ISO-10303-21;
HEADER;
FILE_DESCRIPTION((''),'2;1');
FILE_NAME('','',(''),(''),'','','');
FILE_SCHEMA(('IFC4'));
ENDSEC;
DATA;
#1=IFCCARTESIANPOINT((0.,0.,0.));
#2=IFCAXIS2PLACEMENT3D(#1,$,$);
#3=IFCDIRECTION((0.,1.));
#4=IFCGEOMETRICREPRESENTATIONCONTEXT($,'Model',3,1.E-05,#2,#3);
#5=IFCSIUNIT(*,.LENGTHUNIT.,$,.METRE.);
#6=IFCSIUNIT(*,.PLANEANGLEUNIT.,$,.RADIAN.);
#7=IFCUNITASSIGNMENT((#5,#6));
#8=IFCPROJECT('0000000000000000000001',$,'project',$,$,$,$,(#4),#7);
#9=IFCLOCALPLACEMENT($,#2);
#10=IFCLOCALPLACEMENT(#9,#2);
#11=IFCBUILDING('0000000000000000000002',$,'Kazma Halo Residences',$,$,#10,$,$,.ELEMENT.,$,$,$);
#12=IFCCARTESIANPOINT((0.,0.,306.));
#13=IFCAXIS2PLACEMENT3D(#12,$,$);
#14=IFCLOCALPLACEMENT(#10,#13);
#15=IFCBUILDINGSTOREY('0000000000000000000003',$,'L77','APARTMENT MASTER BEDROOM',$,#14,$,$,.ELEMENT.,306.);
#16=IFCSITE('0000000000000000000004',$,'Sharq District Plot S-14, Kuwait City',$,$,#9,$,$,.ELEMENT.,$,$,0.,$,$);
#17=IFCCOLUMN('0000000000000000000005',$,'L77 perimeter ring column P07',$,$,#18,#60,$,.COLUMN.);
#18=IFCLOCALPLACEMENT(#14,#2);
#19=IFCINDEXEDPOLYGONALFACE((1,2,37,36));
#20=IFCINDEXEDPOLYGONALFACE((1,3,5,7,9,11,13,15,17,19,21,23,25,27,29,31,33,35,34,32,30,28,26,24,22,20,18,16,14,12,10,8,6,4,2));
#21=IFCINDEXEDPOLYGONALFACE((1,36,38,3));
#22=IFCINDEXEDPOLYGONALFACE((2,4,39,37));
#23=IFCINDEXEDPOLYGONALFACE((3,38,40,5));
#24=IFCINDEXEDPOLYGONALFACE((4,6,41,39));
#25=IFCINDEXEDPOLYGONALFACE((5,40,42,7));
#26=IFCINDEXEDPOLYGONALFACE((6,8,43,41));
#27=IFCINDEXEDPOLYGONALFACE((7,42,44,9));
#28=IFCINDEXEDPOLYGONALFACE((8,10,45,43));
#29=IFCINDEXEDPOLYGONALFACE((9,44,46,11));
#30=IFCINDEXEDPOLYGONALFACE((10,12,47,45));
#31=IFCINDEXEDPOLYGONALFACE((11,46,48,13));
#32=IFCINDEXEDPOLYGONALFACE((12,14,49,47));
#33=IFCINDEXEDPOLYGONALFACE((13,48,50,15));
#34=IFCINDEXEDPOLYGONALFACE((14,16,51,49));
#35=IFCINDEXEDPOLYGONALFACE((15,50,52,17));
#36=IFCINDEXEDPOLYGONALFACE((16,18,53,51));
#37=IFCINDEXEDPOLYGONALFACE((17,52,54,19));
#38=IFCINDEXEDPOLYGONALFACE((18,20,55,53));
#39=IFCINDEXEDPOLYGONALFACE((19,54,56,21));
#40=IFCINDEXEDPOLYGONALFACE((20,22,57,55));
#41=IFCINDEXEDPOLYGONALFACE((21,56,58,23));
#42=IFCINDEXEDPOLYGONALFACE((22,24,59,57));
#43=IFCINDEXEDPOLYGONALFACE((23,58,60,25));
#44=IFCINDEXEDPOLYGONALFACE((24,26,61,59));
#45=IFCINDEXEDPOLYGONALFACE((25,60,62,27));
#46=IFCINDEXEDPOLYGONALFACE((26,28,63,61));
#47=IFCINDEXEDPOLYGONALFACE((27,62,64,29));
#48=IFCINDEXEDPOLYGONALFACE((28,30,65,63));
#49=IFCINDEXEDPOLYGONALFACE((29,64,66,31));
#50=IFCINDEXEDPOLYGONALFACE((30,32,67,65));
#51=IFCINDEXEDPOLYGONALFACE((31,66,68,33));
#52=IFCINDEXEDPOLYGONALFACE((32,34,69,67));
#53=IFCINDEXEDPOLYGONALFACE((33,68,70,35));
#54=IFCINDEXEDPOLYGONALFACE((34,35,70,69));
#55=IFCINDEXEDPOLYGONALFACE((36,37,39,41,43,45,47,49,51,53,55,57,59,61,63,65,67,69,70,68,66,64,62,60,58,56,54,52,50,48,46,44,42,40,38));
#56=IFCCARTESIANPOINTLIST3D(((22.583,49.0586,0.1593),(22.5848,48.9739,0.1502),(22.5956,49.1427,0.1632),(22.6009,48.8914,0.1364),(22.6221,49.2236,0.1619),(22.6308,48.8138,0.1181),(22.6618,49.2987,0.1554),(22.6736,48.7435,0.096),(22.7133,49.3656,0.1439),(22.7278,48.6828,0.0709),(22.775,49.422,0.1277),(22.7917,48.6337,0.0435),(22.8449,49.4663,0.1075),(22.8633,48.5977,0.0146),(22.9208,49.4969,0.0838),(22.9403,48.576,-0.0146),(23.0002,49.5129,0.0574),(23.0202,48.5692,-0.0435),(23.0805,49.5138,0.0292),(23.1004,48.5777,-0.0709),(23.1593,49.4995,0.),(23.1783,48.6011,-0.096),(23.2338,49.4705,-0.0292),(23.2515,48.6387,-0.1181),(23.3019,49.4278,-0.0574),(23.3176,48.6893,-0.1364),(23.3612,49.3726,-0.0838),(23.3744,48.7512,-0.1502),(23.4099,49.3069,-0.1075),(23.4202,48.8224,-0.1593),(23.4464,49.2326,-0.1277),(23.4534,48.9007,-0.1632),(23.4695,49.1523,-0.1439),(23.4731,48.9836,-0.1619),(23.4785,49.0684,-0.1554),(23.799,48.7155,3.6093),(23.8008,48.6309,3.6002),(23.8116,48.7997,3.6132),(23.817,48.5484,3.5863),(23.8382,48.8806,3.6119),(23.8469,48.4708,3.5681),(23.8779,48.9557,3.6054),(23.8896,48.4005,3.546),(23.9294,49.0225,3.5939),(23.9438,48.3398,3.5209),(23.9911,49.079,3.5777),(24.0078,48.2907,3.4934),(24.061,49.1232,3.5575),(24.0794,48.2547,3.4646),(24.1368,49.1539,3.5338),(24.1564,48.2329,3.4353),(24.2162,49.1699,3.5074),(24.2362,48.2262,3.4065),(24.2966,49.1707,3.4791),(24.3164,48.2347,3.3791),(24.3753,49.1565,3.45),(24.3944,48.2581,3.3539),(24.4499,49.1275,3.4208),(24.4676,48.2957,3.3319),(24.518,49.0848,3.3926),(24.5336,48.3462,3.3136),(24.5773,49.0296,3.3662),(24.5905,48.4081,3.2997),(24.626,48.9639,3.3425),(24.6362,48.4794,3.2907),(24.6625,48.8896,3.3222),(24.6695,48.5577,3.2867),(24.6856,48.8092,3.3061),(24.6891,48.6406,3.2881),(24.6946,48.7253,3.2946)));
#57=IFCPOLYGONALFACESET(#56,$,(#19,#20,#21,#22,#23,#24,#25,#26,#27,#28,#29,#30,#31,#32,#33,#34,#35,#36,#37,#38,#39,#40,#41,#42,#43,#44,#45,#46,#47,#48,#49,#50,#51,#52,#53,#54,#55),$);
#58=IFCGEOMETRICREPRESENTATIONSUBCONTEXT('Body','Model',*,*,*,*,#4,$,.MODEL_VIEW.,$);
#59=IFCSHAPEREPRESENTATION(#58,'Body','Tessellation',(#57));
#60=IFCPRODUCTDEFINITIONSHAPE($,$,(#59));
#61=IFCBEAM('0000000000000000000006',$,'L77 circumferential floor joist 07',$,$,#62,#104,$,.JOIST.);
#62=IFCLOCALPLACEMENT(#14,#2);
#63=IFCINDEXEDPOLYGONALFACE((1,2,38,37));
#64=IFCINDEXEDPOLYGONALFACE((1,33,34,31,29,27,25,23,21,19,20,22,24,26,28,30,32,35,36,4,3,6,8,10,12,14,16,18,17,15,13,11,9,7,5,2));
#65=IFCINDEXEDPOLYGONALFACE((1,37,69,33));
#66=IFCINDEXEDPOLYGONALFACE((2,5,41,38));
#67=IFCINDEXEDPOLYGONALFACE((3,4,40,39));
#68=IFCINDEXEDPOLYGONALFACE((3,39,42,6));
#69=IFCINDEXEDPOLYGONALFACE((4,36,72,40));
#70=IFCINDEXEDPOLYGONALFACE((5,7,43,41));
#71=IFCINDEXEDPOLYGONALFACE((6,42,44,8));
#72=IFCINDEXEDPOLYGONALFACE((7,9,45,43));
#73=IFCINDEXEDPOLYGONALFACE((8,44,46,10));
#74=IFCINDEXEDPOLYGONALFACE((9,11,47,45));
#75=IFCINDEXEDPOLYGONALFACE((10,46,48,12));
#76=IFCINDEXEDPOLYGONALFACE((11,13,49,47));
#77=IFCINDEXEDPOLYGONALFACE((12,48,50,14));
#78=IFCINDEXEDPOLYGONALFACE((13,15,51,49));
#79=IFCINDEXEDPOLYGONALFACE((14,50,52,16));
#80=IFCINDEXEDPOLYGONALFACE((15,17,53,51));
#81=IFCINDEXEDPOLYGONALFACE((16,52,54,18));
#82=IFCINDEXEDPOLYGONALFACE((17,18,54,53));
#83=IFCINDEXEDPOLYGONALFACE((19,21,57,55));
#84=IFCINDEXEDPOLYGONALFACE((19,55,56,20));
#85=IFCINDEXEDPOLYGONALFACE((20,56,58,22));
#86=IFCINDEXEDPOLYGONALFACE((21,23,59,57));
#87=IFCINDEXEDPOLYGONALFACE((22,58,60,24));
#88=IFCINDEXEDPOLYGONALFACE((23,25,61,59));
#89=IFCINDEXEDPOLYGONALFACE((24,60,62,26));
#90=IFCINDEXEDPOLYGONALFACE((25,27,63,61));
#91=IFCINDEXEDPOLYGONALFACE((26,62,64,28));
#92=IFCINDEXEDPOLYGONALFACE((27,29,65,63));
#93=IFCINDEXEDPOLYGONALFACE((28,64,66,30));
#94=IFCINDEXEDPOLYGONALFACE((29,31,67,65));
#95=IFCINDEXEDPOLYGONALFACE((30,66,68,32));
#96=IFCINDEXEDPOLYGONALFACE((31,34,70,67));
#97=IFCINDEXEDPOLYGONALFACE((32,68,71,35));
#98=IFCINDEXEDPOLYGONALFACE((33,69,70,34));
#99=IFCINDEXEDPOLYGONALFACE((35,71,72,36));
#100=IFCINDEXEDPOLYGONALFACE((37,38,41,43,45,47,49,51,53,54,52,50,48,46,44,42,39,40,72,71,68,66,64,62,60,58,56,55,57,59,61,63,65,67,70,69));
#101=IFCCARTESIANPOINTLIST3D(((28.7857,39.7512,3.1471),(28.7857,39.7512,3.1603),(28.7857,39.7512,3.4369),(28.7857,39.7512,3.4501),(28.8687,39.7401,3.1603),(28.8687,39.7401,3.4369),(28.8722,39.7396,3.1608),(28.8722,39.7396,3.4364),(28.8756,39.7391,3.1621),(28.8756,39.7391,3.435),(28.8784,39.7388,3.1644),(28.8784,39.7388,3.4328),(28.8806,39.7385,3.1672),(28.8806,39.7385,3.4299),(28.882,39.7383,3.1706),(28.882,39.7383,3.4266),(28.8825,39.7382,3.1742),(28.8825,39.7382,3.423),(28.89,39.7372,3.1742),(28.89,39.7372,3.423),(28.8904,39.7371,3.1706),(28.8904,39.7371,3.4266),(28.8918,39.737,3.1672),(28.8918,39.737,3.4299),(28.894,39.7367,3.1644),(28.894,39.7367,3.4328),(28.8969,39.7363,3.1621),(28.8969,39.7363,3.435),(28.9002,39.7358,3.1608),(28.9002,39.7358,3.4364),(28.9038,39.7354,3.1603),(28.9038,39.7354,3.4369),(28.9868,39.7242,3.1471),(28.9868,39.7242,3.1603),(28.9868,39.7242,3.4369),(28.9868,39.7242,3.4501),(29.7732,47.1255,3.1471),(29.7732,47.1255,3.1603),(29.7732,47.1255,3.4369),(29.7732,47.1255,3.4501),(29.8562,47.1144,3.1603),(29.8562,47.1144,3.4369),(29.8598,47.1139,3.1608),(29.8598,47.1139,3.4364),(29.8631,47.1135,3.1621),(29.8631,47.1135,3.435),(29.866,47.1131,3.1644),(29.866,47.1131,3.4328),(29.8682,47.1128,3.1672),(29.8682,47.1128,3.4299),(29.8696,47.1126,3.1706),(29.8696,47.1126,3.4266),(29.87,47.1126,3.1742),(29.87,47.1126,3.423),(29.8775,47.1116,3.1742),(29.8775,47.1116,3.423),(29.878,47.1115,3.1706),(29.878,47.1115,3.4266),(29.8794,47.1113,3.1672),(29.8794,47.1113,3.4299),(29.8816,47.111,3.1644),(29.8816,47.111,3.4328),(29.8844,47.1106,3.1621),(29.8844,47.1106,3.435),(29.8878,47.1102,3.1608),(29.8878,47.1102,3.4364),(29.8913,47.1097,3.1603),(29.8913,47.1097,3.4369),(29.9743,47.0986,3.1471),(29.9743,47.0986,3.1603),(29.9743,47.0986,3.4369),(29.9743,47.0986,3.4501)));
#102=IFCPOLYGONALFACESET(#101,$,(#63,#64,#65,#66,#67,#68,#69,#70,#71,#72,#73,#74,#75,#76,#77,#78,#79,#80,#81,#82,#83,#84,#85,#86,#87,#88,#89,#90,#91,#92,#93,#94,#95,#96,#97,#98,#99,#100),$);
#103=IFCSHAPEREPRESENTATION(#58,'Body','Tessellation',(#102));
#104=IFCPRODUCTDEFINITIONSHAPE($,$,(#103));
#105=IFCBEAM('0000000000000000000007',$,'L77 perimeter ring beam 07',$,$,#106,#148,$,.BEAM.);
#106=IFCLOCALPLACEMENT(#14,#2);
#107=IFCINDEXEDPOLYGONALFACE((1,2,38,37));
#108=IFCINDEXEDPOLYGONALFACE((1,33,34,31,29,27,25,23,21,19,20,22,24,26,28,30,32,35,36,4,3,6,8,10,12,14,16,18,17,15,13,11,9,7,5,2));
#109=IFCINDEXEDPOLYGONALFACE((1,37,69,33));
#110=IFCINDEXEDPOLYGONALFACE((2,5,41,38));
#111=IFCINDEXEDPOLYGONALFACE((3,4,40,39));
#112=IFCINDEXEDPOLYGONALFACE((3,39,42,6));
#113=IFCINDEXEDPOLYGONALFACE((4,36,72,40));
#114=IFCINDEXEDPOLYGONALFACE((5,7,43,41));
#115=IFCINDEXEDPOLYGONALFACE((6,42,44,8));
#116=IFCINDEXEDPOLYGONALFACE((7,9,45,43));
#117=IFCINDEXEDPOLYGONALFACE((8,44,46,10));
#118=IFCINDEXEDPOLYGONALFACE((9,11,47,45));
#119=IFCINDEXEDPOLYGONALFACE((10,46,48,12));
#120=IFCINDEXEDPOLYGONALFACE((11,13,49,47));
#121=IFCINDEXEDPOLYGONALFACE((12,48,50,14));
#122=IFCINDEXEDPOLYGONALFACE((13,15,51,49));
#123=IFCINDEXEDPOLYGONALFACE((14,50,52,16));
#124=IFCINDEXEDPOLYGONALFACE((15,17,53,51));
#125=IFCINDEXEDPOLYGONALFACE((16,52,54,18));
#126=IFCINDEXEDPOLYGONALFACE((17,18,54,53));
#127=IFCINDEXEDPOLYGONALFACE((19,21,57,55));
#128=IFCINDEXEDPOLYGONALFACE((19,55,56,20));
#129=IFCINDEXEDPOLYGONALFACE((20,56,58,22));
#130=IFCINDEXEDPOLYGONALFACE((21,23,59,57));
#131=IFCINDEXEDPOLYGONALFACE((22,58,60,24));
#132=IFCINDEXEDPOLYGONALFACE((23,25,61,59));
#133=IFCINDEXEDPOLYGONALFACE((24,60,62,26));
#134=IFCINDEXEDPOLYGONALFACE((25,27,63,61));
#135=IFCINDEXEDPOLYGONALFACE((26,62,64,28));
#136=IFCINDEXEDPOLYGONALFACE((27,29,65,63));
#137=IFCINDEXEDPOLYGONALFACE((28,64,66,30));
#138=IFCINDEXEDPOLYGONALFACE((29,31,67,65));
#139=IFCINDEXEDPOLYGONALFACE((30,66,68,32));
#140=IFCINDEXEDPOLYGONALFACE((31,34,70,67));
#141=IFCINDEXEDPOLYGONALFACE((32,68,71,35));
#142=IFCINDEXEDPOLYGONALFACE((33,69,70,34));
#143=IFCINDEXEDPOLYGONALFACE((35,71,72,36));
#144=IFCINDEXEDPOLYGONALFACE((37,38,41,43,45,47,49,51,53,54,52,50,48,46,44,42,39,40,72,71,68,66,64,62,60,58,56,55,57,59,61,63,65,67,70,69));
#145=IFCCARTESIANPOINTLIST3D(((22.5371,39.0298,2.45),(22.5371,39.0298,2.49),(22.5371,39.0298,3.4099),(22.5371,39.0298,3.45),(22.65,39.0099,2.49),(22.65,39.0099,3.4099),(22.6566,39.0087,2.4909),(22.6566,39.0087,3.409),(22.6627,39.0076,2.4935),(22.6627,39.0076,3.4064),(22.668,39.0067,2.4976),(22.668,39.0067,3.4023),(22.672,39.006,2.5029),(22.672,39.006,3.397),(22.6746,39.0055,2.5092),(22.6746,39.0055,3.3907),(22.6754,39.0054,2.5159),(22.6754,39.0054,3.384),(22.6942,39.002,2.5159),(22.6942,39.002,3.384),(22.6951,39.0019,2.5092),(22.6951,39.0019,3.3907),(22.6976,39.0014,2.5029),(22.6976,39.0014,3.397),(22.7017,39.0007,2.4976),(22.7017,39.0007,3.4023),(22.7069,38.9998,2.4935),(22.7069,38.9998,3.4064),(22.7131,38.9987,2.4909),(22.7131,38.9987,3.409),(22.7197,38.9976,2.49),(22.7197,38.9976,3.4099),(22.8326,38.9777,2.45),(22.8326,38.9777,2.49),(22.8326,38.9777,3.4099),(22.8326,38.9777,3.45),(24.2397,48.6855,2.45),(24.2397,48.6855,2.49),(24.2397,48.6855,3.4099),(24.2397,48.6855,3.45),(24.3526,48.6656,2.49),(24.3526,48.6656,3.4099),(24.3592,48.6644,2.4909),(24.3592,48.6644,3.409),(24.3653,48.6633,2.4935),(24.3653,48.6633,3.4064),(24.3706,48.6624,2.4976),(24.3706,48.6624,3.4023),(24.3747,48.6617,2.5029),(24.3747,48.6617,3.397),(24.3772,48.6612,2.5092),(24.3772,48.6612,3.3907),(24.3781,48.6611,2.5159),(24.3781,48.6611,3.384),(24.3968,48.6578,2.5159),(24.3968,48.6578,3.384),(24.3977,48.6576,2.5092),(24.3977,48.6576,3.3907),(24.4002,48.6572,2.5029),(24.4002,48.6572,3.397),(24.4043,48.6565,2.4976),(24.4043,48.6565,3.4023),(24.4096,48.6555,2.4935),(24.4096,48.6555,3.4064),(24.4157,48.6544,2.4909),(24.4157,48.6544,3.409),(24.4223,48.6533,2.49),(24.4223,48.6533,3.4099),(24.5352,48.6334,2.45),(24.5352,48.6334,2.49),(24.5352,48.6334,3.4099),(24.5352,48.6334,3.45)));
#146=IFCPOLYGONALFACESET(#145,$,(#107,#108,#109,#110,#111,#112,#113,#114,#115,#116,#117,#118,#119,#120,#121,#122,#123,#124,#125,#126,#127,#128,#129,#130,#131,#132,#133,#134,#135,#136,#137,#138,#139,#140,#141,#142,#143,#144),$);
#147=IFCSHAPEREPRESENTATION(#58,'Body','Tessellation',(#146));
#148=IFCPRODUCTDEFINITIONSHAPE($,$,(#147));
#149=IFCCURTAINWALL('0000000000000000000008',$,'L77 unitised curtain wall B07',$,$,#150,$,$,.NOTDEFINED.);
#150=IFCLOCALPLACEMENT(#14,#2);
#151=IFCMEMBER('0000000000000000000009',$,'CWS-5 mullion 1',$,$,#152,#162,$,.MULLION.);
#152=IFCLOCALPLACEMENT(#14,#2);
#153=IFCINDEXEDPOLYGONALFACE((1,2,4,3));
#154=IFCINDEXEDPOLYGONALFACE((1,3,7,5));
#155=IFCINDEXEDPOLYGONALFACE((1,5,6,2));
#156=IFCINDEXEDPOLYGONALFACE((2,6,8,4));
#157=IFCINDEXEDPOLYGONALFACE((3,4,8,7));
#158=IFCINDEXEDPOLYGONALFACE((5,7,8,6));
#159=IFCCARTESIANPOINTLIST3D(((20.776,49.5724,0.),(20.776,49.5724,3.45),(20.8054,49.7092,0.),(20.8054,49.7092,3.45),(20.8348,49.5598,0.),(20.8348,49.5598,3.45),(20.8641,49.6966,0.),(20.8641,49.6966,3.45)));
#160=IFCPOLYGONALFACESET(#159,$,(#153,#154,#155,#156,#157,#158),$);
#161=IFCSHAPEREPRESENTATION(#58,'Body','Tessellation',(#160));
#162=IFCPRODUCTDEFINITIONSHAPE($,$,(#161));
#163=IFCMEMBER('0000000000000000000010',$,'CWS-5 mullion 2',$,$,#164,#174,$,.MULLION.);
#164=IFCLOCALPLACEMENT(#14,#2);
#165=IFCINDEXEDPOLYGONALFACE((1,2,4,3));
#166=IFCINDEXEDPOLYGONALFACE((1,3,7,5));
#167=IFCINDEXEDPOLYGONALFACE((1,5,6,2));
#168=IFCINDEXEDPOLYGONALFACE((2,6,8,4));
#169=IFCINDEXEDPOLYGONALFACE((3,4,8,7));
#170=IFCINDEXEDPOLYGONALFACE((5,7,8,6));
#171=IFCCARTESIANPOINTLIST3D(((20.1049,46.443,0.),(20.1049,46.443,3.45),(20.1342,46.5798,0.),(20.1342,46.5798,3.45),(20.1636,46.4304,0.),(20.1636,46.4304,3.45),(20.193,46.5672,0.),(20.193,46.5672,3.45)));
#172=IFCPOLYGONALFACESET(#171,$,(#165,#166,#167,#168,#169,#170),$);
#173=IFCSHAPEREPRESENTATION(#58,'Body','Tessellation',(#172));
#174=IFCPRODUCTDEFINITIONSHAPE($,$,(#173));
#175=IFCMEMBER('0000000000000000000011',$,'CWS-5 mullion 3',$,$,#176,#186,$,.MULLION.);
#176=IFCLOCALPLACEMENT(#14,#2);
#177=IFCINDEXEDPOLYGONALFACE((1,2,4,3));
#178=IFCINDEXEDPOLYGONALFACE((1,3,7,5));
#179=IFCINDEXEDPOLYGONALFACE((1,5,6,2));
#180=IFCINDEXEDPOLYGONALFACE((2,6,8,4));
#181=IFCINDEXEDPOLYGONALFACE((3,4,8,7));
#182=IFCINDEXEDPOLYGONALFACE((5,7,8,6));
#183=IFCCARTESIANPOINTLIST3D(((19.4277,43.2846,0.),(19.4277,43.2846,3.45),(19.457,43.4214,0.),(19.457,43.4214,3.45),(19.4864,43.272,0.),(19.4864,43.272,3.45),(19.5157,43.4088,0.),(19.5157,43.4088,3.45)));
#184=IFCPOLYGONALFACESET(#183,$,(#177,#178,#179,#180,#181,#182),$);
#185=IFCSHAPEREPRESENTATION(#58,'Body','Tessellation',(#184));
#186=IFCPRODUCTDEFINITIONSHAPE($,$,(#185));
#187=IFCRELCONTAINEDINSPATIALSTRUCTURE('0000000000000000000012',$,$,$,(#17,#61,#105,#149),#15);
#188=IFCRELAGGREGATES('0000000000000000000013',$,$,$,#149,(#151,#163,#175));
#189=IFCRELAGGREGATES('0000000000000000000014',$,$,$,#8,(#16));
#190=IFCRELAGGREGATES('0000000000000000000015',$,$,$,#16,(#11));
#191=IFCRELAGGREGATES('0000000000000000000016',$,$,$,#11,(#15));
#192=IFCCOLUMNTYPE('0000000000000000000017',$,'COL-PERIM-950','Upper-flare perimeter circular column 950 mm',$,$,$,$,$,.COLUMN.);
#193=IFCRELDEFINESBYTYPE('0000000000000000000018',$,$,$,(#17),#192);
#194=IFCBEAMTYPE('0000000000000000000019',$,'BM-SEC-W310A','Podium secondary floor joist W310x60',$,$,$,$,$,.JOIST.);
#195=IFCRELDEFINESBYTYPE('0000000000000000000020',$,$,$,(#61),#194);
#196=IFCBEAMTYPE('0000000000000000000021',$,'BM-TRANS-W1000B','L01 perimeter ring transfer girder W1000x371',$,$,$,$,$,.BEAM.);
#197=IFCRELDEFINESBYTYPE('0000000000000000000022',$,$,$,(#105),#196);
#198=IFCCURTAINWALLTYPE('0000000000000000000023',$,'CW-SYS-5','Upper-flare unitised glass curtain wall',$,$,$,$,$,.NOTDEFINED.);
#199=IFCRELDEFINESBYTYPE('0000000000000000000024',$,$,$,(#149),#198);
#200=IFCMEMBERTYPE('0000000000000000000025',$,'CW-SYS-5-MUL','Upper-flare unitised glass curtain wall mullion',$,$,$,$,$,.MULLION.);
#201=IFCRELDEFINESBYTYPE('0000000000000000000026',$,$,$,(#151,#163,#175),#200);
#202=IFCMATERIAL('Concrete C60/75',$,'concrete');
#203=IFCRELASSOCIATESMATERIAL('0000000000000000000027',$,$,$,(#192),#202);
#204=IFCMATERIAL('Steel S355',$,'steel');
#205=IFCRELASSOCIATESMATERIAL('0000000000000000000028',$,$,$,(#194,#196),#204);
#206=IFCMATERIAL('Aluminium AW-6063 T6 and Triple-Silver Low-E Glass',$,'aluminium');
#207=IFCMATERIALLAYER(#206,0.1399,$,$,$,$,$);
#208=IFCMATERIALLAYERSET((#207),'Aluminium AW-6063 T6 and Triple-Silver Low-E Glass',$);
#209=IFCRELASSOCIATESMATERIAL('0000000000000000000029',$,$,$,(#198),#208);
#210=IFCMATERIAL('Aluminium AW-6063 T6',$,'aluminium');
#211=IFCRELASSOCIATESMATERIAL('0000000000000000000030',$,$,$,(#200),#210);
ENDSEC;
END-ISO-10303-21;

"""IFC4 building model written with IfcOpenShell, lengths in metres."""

from ifc_helpers import new_model, si_unit, direction, frame, origin, origin_2d, place, context, subcontext, project, spatial, rectangle, circle, i_section, extrude, material, layer, layer_set, material_profile, profile_set, type_object, element, aggregate, save


model = new_model("IFC4")

# Units and contexts
model_context = context("Model", 3, precision=1e-05, world=origin(), true_north=direction((0.0, 1.0)))
body_context = subcontext(model_context, "Body", "Model", "MODEL_VIEW")
ifc_project = project(units=[si_unit("LENGTHUNIT", "METRE"), si_unit("PLANEANGLEUNIT", "RADIAN")], contexts=[model_context])

# Site, building, storey
site_placement = place(None, origin())
site = spatial("IfcSite", under=ifc_project, at=site_placement, Name="Sharq District Plot S-14, Kuwait City", CompositionType="ELEMENT", RefElevation=0.0)
building_placement = place(site_placement, origin())
building = spatial("IfcBuilding", under=site, at=building_placement, Name="Kazma Halo Residences", CompositionType="ELEMENT")
storey_placement = place(building_placement, frame((0.0, 0.0, 306.0)))
storey = spatial("IfcBuildingStorey", under=building, at=storey_placement, Name="L77", Description="APARTMENT MASTER BEDROOM", CompositionType="ELEMENT", Elevation=306.0)

# Column
ifc_material_1 = material(Name="Concrete C60/75", Category="concrete")
ifc_material_profile_1 = material_profile(ifc_material_1, circle(Radius=0.4751, at=origin_2d()), Name="CIRC950")
ifc_profile_set_1 = profile_set([ifc_material_profile_1], Name="Concrete C60/75")
column_type = type_object("IfcColumnType", Name="COL-PERIM-950", Description="Upper-flare perimeter circular column 950 mm", PredefinedType="COLUMN", material=ifc_profile_set_1)
column_placement = place(storey_placement, frame((23.0303, 49.0422, 0.0), z_axis=(0.330988, -0.093362, 0.939005), x_axis=(0.271479, 0.962444, 0.0)))
element("IfcColumn", 1, at=column_placement, inside=storey, type_object=column_type, Name="L77 perimeter ring column P07", PredefinedType="COLUMN", context=body_context, shape_type="SweptSolid", body=[
    extrude(circle(Radius=0.4751, at=origin_2d()), origin(), (0.0, 0.0, 1.0), 3.6741),
])

# Beams
ifc_material_2 = material(Name="Steel S355", Category="steel")
ifc_material_profile_2 = material_profile(ifc_material_2, i_section(OverallWidth=0.2029, OverallDepth=0.303, WebThickness=0.0076, FlangeThickness=0.0132, FilletRadius=0.0139, at=origin_2d()), Name="W310x60")
ifc_profile_set_2 = profile_set([ifc_material_profile_2], Name="Steel S355")
beam_type_1 = type_object("IfcBeamType", Name="BM-SEC-W310A", Description="Podium secondary floor joist W310x60", PredefinedType="JOIST", material=ifc_profile_set_2)
beam_1_placement = place(storey_placement, frame((29.8738, 47.1121, 3.2986), z_axis=(-0.132733, -0.991152, 0.0), x_axis=(0.991152, -0.132733, 0.0)))
element("IfcBeam", 2, at=beam_1_placement, inside=storey, type_object=beam_type_1, Name="L77 circumferential floor joist 07", PredefinedType="JOIST", context=body_context, shape_type="SweptSolid", body=[
    extrude(i_section(OverallWidth=0.2029, OverallDepth=0.303, WebThickness=0.0076, FlangeThickness=0.0132, FilletRadius=0.0139, at=origin_2d()), origin(), (0.0, 0.0, 1.0), 7.4402),
])
ifc_material_profile_3 = material_profile(ifc_material_2, i_section(OverallWidth=0.3, OverallDepth=1.0, WebThickness=0.019, FlangeThickness=0.04, FilletRadius=0.0259, at=origin_2d()), Name="W1000x371")
ifc_profile_set_3 = profile_set([ifc_material_profile_3], Name="Steel S355")
beam_type_2 = type_object("IfcBeamType", Name="BM-TRANS-W1000B", Description="L01 perimeter ring transfer girder W1000x371", PredefinedType="BEAM", material=ifc_profile_set_3)
beam_2_placement = place(storey_placement, frame((24.3875, 48.6594, 2.95), z_axis=(-0.173655, -0.984807, 0.0), x_axis=(0.984807, -0.173655, 0.0)))
element("IfcBeam", 3, at=beam_2_placement, inside=storey, type_object=beam_type_2, Name="L77 perimeter ring beam 07", PredefinedType="BEAM", context=body_context, shape_type="SweptSolid", body=[
    extrude(i_section(OverallWidth=0.3, OverallDepth=1.0, WebThickness=0.019, FlangeThickness=0.04, FilletRadius=0.0259, at=origin_2d()), origin(), (0.0, 0.0, 1.0), 9.8047),
])

# Curtain wall, members
ifc_material_3 = material(Name="Aluminium AW-6063 T6 and Triple-Silver Low-E Glass", Category="aluminium")
ifc_layer_1 = layer(ifc_material_3, 0.1399)
ifc_layer_set_1 = layer_set([ifc_layer_1], Name="Aluminium AW-6063 T6 and Triple-Silver Low-E Glass")
curtain_wall_type = type_object("IfcCurtainWallType", Name="CW-SYS-5", Description="Upper-flare unitised glass curtain wall", PredefinedType="NOTDEFINED", material=ifc_layer_set_1)
curtain_wall_placement = place(storey_placement, origin())
curtain_wall = element("IfcCurtainWall", 4, at=curtain_wall_placement, inside=storey, type_object=curtain_wall_type, Name="L77 unitised curtain wall B07", PredefinedType="NOTDEFINED")
ifc_material_4 = material(Name="Aluminium AW-6063 T6", Category="aluminium")
ifc_material_profile_4 = material_profile(ifc_material_4, rectangle(XDim=0.0601, YDim=0.1399, at=origin_2d()), Name="CWM-60x140")
ifc_profile_set_4 = profile_set([ifc_material_profile_4], Name="Aluminium AW-6063 T6")
member_type_1 = type_object("IfcMemberType", Name="CW-SYS-5-MUL", Description="Upper-flare unitised glass curtain wall mullion", PredefinedType="MULLION", material=ifc_profile_set_4)
member_1_placement = place(storey_placement, frame((20.8201, 49.6345, 0.0), z_axis=(0.0, 0.0, 1.0), x_axis=(0.977771, -0.209676, 0.0)))
member_1 = element("IfcMember", 5, at=member_1_placement, type_object=member_type_1, Name="CWS-5 mullion 1", PredefinedType="MULLION", context=body_context, shape_type="SweptSolid", body=[
    extrude(rectangle(XDim=0.0601, YDim=0.1399, at=origin_2d()), origin(), (0.0, 0.0, 1.0), 3.45),
])
member_2_placement = place(storey_placement, frame((20.1489, 46.5051, 0.0), z_axis=(0.0, 0.0, 1.0), x_axis=(0.977771, -0.209676, 0.0)))
member_2 = element("IfcMember", 6, at=member_2_placement, type_object=member_type_1, Name="CWS-5 mullion 2", PredefinedType="MULLION", context=body_context, shape_type="SweptSolid", body=[
    extrude(rectangle(XDim=0.0601, YDim=0.1399, at=origin_2d()), origin(), (0.0, 0.0, 1.0), 3.45),
])
member_3_placement = place(storey_placement, frame((19.4717, 43.3467, 0.0), z_axis=(0.0, 0.0, 1.0), x_axis=(0.977771, -0.209676, 0.0)))
member_3 = element("IfcMember", 7, at=member_3_placement, type_object=member_type_1, Name="CWS-5 mullion 3", PredefinedType="MULLION", context=body_context, shape_type="SweptSolid", body=[
    extrude(rectangle(XDim=0.0601, YDim=0.1399, at=origin_2d()), origin(), (0.0, 0.0, 1.0), 3.45),
])
aggregate(curtain_wall, [member_1, member_2, member_3])

save(model, "model.ifc")
